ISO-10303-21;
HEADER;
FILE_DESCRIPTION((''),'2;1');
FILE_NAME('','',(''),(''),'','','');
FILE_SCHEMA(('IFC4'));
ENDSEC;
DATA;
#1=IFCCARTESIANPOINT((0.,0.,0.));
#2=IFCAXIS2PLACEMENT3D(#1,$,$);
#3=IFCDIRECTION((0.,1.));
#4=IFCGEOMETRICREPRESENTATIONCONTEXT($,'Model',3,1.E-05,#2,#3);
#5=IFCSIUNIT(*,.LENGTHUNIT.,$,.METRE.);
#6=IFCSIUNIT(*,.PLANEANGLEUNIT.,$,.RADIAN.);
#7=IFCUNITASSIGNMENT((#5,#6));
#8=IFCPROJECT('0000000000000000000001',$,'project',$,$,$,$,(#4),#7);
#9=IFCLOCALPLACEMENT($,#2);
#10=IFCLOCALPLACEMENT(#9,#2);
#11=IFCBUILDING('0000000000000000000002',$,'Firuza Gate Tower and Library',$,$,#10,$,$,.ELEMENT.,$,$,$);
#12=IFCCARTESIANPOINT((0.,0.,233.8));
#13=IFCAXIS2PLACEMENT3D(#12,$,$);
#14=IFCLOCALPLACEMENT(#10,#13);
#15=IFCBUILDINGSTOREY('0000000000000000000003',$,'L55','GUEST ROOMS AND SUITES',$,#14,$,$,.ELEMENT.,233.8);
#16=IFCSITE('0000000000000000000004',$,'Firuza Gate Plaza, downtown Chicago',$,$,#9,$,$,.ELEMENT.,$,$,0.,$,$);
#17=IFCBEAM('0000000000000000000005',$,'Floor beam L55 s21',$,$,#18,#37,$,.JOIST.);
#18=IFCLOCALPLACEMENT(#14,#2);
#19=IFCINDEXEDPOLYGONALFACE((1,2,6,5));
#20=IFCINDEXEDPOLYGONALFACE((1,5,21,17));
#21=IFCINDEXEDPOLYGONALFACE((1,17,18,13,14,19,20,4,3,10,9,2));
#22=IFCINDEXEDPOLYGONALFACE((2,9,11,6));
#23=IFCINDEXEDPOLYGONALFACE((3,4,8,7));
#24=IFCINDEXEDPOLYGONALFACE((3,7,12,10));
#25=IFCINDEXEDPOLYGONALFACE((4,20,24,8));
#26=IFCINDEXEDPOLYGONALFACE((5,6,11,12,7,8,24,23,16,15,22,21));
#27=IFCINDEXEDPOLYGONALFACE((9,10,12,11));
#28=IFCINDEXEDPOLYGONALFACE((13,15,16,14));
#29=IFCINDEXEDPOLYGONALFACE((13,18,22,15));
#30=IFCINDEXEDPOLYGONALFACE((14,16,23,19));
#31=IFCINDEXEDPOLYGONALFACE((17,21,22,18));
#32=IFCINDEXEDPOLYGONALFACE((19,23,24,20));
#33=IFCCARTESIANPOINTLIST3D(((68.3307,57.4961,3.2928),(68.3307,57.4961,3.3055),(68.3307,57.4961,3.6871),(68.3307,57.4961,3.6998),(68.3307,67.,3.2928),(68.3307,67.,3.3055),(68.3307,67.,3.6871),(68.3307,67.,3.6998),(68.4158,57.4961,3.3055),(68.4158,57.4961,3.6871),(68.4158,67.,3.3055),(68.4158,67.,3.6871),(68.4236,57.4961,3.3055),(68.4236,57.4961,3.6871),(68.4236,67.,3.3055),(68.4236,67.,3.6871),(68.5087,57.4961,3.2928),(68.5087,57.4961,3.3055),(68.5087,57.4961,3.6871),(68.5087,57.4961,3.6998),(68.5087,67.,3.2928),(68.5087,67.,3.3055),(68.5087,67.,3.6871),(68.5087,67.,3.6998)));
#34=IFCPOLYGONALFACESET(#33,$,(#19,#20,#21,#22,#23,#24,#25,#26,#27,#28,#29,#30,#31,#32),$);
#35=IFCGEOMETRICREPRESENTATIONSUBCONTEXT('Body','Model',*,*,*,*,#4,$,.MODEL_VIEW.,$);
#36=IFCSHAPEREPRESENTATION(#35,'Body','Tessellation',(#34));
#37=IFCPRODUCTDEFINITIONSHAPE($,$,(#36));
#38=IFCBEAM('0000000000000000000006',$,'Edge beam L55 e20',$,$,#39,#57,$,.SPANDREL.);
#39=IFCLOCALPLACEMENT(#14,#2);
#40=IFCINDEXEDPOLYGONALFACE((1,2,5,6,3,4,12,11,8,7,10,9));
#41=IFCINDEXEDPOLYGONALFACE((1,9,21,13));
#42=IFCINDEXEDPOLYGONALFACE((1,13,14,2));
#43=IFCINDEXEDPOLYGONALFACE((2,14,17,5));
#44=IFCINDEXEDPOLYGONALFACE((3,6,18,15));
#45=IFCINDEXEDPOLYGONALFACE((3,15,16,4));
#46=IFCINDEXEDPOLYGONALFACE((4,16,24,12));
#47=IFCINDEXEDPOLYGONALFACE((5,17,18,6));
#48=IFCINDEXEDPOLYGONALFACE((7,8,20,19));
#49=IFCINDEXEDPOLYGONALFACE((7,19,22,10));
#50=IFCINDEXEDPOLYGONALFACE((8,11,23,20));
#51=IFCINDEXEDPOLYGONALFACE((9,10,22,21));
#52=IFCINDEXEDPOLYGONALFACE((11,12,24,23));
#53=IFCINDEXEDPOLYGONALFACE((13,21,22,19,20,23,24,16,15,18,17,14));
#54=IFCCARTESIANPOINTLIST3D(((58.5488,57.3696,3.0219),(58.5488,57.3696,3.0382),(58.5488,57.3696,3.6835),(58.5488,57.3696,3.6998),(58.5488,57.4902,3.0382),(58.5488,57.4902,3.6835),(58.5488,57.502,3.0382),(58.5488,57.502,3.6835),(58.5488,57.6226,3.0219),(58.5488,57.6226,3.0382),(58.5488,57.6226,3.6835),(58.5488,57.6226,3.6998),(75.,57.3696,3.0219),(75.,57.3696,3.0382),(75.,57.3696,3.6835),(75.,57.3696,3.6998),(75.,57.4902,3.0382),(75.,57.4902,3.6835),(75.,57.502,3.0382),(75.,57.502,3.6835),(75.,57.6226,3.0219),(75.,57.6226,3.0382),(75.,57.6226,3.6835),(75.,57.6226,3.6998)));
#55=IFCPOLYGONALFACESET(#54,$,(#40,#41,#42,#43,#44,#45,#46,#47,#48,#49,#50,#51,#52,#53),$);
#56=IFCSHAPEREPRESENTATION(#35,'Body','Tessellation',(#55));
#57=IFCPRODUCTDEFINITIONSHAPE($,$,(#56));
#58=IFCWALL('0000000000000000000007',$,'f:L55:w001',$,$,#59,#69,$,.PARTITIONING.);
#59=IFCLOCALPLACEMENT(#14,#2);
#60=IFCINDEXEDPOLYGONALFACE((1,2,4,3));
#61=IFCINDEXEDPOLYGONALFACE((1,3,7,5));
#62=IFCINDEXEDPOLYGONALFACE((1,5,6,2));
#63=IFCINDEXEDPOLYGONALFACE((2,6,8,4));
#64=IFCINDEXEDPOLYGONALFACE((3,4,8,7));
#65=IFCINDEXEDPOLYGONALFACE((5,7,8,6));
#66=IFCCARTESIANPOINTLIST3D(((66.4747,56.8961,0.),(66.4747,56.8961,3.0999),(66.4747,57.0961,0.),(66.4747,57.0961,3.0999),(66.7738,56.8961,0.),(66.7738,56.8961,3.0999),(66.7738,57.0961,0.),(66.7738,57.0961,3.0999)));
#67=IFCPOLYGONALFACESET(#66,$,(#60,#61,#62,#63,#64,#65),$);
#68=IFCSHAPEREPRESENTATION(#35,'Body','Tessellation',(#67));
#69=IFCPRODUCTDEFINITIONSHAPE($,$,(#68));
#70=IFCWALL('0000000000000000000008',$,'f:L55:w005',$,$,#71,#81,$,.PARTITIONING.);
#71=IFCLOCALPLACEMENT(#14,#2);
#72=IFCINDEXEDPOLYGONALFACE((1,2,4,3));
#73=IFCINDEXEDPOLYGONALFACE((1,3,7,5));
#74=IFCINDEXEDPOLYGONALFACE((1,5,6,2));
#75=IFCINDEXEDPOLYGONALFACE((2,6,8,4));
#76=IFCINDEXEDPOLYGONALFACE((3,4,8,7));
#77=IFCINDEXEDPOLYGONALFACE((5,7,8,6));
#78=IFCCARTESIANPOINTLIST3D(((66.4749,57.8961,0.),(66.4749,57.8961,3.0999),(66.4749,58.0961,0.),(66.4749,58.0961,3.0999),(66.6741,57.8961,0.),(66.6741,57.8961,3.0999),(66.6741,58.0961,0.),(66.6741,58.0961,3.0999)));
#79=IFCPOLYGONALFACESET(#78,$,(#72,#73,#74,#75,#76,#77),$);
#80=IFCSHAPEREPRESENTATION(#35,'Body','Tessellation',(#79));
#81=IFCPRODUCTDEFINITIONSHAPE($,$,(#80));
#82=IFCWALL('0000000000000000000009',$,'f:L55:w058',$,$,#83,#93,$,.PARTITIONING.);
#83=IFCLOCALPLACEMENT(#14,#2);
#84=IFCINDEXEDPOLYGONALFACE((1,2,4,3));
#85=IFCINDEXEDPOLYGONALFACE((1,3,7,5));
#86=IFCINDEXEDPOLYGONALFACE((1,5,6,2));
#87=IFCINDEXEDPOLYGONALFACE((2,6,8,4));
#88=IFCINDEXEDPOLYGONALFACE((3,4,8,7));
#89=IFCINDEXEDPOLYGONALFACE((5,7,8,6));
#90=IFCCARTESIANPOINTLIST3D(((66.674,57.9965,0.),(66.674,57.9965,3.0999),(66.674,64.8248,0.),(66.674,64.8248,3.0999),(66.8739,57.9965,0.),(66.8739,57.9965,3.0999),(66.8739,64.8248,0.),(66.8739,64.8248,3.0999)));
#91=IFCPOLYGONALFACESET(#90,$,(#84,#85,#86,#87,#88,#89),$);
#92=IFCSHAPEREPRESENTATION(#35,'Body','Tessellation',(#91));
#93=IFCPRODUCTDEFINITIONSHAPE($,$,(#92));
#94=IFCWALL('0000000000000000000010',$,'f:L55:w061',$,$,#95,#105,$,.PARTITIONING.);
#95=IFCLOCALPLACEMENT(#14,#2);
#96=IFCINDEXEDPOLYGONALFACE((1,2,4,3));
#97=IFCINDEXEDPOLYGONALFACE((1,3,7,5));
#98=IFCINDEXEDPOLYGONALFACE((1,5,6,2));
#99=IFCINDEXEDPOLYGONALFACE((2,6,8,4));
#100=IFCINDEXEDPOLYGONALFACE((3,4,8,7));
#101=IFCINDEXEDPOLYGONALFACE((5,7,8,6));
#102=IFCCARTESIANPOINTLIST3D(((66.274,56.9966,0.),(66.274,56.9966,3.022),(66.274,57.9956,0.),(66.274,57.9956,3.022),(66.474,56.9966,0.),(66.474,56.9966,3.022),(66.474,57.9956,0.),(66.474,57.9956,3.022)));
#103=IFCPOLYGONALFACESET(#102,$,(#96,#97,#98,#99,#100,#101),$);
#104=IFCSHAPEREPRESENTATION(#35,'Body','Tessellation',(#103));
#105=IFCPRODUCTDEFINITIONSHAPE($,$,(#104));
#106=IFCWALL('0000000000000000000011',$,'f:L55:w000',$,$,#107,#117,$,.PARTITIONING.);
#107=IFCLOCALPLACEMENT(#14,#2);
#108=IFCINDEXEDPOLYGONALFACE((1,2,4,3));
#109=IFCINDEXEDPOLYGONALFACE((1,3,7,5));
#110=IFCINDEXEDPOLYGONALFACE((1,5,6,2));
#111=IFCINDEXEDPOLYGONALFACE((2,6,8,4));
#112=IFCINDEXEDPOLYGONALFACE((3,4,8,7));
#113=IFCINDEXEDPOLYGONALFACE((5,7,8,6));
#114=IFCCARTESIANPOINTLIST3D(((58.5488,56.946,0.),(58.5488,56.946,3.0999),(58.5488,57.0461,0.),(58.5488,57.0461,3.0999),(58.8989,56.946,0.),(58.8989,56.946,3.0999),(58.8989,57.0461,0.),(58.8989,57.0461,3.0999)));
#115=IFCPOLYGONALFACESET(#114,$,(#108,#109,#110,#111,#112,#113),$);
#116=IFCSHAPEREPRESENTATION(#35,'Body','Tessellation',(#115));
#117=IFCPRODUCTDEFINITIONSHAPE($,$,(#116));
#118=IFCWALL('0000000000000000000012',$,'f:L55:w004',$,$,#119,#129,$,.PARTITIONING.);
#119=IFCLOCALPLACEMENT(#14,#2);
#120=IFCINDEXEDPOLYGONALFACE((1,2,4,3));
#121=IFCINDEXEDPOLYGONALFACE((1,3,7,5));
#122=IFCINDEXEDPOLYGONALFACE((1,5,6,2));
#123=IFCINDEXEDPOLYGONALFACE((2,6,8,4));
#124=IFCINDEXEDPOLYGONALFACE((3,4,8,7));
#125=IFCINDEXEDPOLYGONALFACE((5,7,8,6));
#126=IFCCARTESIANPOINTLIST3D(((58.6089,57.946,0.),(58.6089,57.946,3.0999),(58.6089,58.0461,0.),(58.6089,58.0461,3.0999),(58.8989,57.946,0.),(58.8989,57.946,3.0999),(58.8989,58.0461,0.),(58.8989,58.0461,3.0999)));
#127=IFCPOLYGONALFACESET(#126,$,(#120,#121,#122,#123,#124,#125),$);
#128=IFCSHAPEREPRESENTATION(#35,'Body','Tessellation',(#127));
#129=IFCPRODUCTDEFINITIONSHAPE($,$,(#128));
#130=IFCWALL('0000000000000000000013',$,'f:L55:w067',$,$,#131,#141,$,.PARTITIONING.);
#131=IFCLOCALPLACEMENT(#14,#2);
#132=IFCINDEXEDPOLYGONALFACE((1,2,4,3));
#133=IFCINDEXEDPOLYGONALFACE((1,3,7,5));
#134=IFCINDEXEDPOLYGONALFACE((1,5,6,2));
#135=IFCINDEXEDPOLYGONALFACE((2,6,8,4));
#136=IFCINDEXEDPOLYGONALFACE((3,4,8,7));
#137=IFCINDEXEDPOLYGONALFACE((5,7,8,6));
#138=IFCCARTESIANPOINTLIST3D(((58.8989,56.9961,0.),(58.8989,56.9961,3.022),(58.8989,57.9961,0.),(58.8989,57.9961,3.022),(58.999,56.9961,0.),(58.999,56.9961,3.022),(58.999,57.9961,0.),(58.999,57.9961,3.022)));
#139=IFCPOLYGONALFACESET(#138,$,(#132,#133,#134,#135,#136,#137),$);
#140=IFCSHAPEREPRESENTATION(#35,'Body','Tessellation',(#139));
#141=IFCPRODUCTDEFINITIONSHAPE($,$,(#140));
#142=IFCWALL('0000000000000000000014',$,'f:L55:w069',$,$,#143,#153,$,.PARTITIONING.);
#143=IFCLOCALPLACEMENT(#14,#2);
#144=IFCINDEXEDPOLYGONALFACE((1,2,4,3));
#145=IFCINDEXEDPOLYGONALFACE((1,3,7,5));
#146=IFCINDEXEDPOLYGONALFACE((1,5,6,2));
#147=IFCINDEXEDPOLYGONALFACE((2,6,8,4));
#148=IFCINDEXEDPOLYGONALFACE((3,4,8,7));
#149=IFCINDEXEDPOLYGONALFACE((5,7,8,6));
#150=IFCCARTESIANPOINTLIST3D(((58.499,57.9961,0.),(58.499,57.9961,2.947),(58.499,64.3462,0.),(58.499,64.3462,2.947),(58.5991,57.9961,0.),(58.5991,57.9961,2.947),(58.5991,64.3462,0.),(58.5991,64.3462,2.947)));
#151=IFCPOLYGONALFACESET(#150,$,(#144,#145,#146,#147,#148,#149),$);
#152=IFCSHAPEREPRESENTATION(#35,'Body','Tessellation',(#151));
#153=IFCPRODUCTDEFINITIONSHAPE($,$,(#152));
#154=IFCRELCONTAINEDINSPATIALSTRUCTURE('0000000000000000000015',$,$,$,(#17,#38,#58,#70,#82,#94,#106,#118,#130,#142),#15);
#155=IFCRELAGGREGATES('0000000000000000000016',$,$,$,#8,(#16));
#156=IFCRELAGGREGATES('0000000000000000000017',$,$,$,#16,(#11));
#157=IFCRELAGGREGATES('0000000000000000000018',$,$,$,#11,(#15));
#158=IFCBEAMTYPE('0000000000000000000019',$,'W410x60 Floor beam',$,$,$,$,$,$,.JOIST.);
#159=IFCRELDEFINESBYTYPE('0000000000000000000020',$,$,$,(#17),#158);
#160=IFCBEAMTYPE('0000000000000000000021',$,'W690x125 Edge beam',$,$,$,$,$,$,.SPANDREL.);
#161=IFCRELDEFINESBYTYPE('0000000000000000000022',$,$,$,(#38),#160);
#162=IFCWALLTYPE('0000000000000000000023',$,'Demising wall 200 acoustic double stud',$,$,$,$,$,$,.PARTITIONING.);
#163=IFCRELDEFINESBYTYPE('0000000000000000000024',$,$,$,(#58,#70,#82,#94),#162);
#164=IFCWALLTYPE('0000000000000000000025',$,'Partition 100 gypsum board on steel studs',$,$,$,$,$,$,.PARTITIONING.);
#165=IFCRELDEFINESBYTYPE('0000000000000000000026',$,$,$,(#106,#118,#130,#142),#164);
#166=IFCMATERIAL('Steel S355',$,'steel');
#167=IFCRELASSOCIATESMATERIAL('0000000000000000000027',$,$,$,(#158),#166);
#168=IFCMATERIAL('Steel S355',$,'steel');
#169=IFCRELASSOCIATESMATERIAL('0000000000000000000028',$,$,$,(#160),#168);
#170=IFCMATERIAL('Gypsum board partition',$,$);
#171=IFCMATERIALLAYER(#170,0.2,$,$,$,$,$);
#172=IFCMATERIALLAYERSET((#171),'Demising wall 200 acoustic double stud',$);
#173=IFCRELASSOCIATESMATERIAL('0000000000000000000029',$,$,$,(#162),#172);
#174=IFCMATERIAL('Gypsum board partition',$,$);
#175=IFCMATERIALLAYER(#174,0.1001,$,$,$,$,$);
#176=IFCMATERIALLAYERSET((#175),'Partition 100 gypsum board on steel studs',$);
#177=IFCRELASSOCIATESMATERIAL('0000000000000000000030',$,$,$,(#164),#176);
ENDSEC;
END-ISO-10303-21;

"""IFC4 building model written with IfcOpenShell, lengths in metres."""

from ifc_helpers import new_model, si_unit, direction, frame, frame_2d, origin, origin_2d, place, context, subcontext, project, spatial, rectangle, i_section, extrude, material, layer, layer_set, material_profile, profile_set, type_object, element, save


model = new_model("IFC4")

# Units and contexts
model_context = context("Model", 3, precision=1e-05, world=origin(), true_north=direction((0.0, 1.0)))
body_context = subcontext(model_context, "Body", "Model", "MODEL_VIEW")
ifc_project = project(units=[si_unit("LENGTHUNIT", "METRE"), si_unit("PLANEANGLEUNIT", "RADIAN")], contexts=[model_context])

# Site, building, storey
site_placement = place(None, origin())
site = spatial("IfcSite", under=ifc_project, at=site_placement, Name="Firuza Gate Plaza, downtown Chicago", CompositionType="ELEMENT", RefElevation=0.0)
building_placement = place(site_placement, origin())
building = spatial("IfcBuilding", under=site, at=building_placement, Name="Firuza Gate Tower and Library", CompositionType="ELEMENT")
storey_placement = place(building_placement, frame((0.0, 0.0, 233.8)))
storey = spatial("IfcBuildingStorey", under=building, at=storey_placement, Name="L55", Description="GUEST ROOMS AND SUITES", CompositionType="ELEMENT", Elevation=233.8)

# Beams
ifc_material_1 = material(Name="Steel S355", Category="steel")
ifc_material_profile_1 = material_profile(ifc_material_1, i_section(OverallWidth=0.178, OverallDepth=0.407, WebThickness=0.0078, FlangeThickness=0.0127, at=origin_2d()))
ifc_profile_set_1 = profile_set([ifc_material_profile_1], Name="Steel S355")
beam_type_1 = type_object("IfcBeamType", Name="W410x60 Floor beam", PredefinedType="JOIST", material=ifc_profile_set_1)
beam_1_placement = place(storey_placement, frame((68.4197, 57.4961, 3.4963), z_axis=(0.0, 1.0, 0.0), x_axis=(-1.0, 0.0, 0.0)))
element("IfcBeam", 1, at=beam_1_placement, inside=storey, type_object=beam_type_1, Name="Floor beam L55 s21", PredefinedType="JOIST", context=body_context, shape_type="SweptSolid", body=[
    extrude(i_section(OverallWidth=0.178, OverallDepth=0.407, WebThickness=0.0078, FlangeThickness=0.0127, at=origin_2d()), origin(), (0.0, 0.0, 1.0), 9.5039),
])
ifc_material_2 = material(Name="Steel S355", Category="steel")
ifc_material_profile_2 = material_profile(ifc_material_2, i_section(OverallWidth=0.2529, OverallDepth=0.678, WebThickness=0.0117, FlangeThickness=0.0164, at=origin_2d()))
ifc_profile_set_2 = profile_set([ifc_material_profile_2], Name="Steel S355")
beam_type_2 = type_object("IfcBeamType", Name="W690x125 Edge beam", PredefinedType="SPANDREL", material=ifc_profile_set_2)
beam_2_placement = place(storey_placement, frame((58.5488, 57.4961, 3.3608), z_axis=(1.0, 0.0, 0.0), x_axis=(0.0, 1.0, 0.0)))
element("IfcBeam", 2, at=beam_2_placement, inside=storey, type_object=beam_type_2, Name="Edge beam L55 e20", PredefinedType="SPANDREL", context=body_context, shape_type="SweptSolid", body=[
    extrude(i_section(OverallWidth=0.2529, OverallDepth=0.678, WebThickness=0.0117, FlangeThickness=0.0164, at=origin_2d()), origin(), (0.0, 0.0, 1.0), 16.4512),
])

# Walls
ifc_material_3 = material(Name="Gypsum board partition")
ifc_layer_1 = layer(ifc_material_3, 0.2)
ifc_layer_set_1 = layer_set([ifc_layer_1], Name="Demising wall 200 acoustic double stud")
wall_type_1 = type_object("IfcWallType", Name="Demising wall 200 acoustic double stud", PredefinedType="PARTITIONING", material=ifc_layer_set_1)
wall_1_placement = place(storey_placement, frame((66.4749, 56.9961, 0.0), z_axis=(0.0, 0.0, 1.0), x_axis=(1.0, 0.0, 0.0)))
element("IfcWall", 3, at=wall_1_placement, inside=storey, type_object=wall_type_1, Name="f:L55:w001", PredefinedType="PARTITIONING", context=body_context, shape_type="SweptSolid", body=[
    extrude(rectangle(XDim=0.2991, YDim=0.2, at=frame_2d((0.1494, 0.0))), origin(), (0.0, 0.0, 1.0), 3.0999),
])
wall_2_placement = place(storey_placement, frame((66.4749, 57.9961, 0.0), z_axis=(0.0, 0.0, 1.0), x_axis=(1.0, 0.0, 0.0)))
element("IfcWall", 4, at=wall_2_placement, inside=storey, type_object=wall_type_1, Name="f:L55:w005", PredefinedType="PARTITIONING", context=body_context, shape_type="SweptSolid", body=[
    extrude(rectangle(XDim=0.1992, YDim=0.2, at=frame_2d((0.0996, 0.0))), origin(), (0.0, 0.0, 1.0), 3.0999),
])
wall_3_placement = place(storey_placement, frame((66.7739, 57.9966, 0.0), z_axis=(0.0, 0.0, 1.0), x_axis=(0.0, 1.0, 0.0)))
element("IfcWall", 5, at=wall_3_placement, inside=storey, type_object=wall_type_1, Name="f:L55:w058", PredefinedType="PARTITIONING", context=body_context, shape_type="SweptSolid", body=[
    extrude(rectangle(XDim=6.8284, YDim=0.2, at=frame_2d((3.4141, 0.0))), origin(), (0.0, 0.0, 1.0), 3.0999),
])
wall_4_placement = place(storey_placement, frame((66.374, 56.9966, 0.0), z_axis=(0.0, 0.0, 1.0), x_axis=(0.0, 1.0, 0.0)))
element("IfcWall", 6, at=wall_4_placement, inside=storey, type_object=wall_type_1, Name="f:L55:w061", PredefinedType="PARTITIONING", context=body_context, shape_type="SweptSolid", body=[
    extrude(rectangle(XDim=0.999, YDim=0.2, at=frame_2d((0.4995, 0.0))), origin(), (0.0, 0.0, 1.0), 3.022),
])
ifc_material_4 = material(Name="Gypsum board partition")
ifc_layer_2 = layer(ifc_material_4, 0.1001)
ifc_layer_set_2 = layer_set([ifc_layer_2], Name="Partition 100 gypsum board on steel studs")
wall_type_2 = type_object("IfcWallType", Name="Partition 100 gypsum board on steel studs", PredefinedType="PARTITIONING", material=ifc_layer_set_2)
wall_5_placement = place(storey_placement, frame((58.5488, 56.9961, 0.0), z_axis=(0.0, 0.0, 1.0), x_axis=(1.0, 0.0, 0.0)))
element("IfcWall", 7, at=wall_5_placement, inside=storey, type_object=wall_type_2, Name="f:L55:w000", PredefinedType="PARTITIONING", context=body_context, shape_type="SweptSolid", body=[
    extrude(rectangle(XDim=0.3501, YDim=0.1001, at=frame_2d((0.175, 0.0))), origin(), (0.0, 0.0, 1.0), 3.0999),
])
wall_6_placement = place(storey_placement, frame((58.6089, 57.9961, 0.0), z_axis=(0.0, 0.0, 1.0), x_axis=(1.0, 0.0, 0.0)))
element("IfcWall", 8, at=wall_6_placement, inside=storey, type_object=wall_type_2, Name="f:L55:w004", PredefinedType="PARTITIONING", context=body_context, shape_type="SweptSolid", body=[
    extrude(rectangle(XDim=0.29, YDim=0.1001, at=frame_2d((0.145, 0.0))), origin(), (0.0, 0.0, 1.0), 3.0999),
])
wall_7_placement = place(storey_placement, frame((58.949, 56.9961, 0.0), z_axis=(0.0, 0.0, 1.0), x_axis=(0.0, 1.0, 0.0)))
element("IfcWall", 9, at=wall_7_placement, inside=storey, type_object=wall_type_2, Name="f:L55:w067", PredefinedType="PARTITIONING", context=body_context, shape_type="SweptSolid", body=[
    extrude(rectangle(XDim=1.0, YDim=0.1001, at=frame_2d((0.5, 0.0))), origin(), (0.0, 0.0, 1.0), 3.022),
])
wall_8_placement = place(storey_placement, frame((58.5491, 57.9961, 0.0), z_axis=(0.0, 0.0, 1.0), x_axis=(0.0, 1.0, 0.0)))
element("IfcWall", 10, at=wall_8_placement, inside=storey, type_object=wall_type_2, Name="f:L55:w069", PredefinedType="PARTITIONING", context=body_context, shape_type="SweptSolid", body=[
    extrude(rectangle(XDim=6.3501, YDim=0.1001, at=frame_2d((3.175, 0.0))), origin(), (0.0, 0.0, 1.0), 2.947),
])

save(model, "model.ifc")
